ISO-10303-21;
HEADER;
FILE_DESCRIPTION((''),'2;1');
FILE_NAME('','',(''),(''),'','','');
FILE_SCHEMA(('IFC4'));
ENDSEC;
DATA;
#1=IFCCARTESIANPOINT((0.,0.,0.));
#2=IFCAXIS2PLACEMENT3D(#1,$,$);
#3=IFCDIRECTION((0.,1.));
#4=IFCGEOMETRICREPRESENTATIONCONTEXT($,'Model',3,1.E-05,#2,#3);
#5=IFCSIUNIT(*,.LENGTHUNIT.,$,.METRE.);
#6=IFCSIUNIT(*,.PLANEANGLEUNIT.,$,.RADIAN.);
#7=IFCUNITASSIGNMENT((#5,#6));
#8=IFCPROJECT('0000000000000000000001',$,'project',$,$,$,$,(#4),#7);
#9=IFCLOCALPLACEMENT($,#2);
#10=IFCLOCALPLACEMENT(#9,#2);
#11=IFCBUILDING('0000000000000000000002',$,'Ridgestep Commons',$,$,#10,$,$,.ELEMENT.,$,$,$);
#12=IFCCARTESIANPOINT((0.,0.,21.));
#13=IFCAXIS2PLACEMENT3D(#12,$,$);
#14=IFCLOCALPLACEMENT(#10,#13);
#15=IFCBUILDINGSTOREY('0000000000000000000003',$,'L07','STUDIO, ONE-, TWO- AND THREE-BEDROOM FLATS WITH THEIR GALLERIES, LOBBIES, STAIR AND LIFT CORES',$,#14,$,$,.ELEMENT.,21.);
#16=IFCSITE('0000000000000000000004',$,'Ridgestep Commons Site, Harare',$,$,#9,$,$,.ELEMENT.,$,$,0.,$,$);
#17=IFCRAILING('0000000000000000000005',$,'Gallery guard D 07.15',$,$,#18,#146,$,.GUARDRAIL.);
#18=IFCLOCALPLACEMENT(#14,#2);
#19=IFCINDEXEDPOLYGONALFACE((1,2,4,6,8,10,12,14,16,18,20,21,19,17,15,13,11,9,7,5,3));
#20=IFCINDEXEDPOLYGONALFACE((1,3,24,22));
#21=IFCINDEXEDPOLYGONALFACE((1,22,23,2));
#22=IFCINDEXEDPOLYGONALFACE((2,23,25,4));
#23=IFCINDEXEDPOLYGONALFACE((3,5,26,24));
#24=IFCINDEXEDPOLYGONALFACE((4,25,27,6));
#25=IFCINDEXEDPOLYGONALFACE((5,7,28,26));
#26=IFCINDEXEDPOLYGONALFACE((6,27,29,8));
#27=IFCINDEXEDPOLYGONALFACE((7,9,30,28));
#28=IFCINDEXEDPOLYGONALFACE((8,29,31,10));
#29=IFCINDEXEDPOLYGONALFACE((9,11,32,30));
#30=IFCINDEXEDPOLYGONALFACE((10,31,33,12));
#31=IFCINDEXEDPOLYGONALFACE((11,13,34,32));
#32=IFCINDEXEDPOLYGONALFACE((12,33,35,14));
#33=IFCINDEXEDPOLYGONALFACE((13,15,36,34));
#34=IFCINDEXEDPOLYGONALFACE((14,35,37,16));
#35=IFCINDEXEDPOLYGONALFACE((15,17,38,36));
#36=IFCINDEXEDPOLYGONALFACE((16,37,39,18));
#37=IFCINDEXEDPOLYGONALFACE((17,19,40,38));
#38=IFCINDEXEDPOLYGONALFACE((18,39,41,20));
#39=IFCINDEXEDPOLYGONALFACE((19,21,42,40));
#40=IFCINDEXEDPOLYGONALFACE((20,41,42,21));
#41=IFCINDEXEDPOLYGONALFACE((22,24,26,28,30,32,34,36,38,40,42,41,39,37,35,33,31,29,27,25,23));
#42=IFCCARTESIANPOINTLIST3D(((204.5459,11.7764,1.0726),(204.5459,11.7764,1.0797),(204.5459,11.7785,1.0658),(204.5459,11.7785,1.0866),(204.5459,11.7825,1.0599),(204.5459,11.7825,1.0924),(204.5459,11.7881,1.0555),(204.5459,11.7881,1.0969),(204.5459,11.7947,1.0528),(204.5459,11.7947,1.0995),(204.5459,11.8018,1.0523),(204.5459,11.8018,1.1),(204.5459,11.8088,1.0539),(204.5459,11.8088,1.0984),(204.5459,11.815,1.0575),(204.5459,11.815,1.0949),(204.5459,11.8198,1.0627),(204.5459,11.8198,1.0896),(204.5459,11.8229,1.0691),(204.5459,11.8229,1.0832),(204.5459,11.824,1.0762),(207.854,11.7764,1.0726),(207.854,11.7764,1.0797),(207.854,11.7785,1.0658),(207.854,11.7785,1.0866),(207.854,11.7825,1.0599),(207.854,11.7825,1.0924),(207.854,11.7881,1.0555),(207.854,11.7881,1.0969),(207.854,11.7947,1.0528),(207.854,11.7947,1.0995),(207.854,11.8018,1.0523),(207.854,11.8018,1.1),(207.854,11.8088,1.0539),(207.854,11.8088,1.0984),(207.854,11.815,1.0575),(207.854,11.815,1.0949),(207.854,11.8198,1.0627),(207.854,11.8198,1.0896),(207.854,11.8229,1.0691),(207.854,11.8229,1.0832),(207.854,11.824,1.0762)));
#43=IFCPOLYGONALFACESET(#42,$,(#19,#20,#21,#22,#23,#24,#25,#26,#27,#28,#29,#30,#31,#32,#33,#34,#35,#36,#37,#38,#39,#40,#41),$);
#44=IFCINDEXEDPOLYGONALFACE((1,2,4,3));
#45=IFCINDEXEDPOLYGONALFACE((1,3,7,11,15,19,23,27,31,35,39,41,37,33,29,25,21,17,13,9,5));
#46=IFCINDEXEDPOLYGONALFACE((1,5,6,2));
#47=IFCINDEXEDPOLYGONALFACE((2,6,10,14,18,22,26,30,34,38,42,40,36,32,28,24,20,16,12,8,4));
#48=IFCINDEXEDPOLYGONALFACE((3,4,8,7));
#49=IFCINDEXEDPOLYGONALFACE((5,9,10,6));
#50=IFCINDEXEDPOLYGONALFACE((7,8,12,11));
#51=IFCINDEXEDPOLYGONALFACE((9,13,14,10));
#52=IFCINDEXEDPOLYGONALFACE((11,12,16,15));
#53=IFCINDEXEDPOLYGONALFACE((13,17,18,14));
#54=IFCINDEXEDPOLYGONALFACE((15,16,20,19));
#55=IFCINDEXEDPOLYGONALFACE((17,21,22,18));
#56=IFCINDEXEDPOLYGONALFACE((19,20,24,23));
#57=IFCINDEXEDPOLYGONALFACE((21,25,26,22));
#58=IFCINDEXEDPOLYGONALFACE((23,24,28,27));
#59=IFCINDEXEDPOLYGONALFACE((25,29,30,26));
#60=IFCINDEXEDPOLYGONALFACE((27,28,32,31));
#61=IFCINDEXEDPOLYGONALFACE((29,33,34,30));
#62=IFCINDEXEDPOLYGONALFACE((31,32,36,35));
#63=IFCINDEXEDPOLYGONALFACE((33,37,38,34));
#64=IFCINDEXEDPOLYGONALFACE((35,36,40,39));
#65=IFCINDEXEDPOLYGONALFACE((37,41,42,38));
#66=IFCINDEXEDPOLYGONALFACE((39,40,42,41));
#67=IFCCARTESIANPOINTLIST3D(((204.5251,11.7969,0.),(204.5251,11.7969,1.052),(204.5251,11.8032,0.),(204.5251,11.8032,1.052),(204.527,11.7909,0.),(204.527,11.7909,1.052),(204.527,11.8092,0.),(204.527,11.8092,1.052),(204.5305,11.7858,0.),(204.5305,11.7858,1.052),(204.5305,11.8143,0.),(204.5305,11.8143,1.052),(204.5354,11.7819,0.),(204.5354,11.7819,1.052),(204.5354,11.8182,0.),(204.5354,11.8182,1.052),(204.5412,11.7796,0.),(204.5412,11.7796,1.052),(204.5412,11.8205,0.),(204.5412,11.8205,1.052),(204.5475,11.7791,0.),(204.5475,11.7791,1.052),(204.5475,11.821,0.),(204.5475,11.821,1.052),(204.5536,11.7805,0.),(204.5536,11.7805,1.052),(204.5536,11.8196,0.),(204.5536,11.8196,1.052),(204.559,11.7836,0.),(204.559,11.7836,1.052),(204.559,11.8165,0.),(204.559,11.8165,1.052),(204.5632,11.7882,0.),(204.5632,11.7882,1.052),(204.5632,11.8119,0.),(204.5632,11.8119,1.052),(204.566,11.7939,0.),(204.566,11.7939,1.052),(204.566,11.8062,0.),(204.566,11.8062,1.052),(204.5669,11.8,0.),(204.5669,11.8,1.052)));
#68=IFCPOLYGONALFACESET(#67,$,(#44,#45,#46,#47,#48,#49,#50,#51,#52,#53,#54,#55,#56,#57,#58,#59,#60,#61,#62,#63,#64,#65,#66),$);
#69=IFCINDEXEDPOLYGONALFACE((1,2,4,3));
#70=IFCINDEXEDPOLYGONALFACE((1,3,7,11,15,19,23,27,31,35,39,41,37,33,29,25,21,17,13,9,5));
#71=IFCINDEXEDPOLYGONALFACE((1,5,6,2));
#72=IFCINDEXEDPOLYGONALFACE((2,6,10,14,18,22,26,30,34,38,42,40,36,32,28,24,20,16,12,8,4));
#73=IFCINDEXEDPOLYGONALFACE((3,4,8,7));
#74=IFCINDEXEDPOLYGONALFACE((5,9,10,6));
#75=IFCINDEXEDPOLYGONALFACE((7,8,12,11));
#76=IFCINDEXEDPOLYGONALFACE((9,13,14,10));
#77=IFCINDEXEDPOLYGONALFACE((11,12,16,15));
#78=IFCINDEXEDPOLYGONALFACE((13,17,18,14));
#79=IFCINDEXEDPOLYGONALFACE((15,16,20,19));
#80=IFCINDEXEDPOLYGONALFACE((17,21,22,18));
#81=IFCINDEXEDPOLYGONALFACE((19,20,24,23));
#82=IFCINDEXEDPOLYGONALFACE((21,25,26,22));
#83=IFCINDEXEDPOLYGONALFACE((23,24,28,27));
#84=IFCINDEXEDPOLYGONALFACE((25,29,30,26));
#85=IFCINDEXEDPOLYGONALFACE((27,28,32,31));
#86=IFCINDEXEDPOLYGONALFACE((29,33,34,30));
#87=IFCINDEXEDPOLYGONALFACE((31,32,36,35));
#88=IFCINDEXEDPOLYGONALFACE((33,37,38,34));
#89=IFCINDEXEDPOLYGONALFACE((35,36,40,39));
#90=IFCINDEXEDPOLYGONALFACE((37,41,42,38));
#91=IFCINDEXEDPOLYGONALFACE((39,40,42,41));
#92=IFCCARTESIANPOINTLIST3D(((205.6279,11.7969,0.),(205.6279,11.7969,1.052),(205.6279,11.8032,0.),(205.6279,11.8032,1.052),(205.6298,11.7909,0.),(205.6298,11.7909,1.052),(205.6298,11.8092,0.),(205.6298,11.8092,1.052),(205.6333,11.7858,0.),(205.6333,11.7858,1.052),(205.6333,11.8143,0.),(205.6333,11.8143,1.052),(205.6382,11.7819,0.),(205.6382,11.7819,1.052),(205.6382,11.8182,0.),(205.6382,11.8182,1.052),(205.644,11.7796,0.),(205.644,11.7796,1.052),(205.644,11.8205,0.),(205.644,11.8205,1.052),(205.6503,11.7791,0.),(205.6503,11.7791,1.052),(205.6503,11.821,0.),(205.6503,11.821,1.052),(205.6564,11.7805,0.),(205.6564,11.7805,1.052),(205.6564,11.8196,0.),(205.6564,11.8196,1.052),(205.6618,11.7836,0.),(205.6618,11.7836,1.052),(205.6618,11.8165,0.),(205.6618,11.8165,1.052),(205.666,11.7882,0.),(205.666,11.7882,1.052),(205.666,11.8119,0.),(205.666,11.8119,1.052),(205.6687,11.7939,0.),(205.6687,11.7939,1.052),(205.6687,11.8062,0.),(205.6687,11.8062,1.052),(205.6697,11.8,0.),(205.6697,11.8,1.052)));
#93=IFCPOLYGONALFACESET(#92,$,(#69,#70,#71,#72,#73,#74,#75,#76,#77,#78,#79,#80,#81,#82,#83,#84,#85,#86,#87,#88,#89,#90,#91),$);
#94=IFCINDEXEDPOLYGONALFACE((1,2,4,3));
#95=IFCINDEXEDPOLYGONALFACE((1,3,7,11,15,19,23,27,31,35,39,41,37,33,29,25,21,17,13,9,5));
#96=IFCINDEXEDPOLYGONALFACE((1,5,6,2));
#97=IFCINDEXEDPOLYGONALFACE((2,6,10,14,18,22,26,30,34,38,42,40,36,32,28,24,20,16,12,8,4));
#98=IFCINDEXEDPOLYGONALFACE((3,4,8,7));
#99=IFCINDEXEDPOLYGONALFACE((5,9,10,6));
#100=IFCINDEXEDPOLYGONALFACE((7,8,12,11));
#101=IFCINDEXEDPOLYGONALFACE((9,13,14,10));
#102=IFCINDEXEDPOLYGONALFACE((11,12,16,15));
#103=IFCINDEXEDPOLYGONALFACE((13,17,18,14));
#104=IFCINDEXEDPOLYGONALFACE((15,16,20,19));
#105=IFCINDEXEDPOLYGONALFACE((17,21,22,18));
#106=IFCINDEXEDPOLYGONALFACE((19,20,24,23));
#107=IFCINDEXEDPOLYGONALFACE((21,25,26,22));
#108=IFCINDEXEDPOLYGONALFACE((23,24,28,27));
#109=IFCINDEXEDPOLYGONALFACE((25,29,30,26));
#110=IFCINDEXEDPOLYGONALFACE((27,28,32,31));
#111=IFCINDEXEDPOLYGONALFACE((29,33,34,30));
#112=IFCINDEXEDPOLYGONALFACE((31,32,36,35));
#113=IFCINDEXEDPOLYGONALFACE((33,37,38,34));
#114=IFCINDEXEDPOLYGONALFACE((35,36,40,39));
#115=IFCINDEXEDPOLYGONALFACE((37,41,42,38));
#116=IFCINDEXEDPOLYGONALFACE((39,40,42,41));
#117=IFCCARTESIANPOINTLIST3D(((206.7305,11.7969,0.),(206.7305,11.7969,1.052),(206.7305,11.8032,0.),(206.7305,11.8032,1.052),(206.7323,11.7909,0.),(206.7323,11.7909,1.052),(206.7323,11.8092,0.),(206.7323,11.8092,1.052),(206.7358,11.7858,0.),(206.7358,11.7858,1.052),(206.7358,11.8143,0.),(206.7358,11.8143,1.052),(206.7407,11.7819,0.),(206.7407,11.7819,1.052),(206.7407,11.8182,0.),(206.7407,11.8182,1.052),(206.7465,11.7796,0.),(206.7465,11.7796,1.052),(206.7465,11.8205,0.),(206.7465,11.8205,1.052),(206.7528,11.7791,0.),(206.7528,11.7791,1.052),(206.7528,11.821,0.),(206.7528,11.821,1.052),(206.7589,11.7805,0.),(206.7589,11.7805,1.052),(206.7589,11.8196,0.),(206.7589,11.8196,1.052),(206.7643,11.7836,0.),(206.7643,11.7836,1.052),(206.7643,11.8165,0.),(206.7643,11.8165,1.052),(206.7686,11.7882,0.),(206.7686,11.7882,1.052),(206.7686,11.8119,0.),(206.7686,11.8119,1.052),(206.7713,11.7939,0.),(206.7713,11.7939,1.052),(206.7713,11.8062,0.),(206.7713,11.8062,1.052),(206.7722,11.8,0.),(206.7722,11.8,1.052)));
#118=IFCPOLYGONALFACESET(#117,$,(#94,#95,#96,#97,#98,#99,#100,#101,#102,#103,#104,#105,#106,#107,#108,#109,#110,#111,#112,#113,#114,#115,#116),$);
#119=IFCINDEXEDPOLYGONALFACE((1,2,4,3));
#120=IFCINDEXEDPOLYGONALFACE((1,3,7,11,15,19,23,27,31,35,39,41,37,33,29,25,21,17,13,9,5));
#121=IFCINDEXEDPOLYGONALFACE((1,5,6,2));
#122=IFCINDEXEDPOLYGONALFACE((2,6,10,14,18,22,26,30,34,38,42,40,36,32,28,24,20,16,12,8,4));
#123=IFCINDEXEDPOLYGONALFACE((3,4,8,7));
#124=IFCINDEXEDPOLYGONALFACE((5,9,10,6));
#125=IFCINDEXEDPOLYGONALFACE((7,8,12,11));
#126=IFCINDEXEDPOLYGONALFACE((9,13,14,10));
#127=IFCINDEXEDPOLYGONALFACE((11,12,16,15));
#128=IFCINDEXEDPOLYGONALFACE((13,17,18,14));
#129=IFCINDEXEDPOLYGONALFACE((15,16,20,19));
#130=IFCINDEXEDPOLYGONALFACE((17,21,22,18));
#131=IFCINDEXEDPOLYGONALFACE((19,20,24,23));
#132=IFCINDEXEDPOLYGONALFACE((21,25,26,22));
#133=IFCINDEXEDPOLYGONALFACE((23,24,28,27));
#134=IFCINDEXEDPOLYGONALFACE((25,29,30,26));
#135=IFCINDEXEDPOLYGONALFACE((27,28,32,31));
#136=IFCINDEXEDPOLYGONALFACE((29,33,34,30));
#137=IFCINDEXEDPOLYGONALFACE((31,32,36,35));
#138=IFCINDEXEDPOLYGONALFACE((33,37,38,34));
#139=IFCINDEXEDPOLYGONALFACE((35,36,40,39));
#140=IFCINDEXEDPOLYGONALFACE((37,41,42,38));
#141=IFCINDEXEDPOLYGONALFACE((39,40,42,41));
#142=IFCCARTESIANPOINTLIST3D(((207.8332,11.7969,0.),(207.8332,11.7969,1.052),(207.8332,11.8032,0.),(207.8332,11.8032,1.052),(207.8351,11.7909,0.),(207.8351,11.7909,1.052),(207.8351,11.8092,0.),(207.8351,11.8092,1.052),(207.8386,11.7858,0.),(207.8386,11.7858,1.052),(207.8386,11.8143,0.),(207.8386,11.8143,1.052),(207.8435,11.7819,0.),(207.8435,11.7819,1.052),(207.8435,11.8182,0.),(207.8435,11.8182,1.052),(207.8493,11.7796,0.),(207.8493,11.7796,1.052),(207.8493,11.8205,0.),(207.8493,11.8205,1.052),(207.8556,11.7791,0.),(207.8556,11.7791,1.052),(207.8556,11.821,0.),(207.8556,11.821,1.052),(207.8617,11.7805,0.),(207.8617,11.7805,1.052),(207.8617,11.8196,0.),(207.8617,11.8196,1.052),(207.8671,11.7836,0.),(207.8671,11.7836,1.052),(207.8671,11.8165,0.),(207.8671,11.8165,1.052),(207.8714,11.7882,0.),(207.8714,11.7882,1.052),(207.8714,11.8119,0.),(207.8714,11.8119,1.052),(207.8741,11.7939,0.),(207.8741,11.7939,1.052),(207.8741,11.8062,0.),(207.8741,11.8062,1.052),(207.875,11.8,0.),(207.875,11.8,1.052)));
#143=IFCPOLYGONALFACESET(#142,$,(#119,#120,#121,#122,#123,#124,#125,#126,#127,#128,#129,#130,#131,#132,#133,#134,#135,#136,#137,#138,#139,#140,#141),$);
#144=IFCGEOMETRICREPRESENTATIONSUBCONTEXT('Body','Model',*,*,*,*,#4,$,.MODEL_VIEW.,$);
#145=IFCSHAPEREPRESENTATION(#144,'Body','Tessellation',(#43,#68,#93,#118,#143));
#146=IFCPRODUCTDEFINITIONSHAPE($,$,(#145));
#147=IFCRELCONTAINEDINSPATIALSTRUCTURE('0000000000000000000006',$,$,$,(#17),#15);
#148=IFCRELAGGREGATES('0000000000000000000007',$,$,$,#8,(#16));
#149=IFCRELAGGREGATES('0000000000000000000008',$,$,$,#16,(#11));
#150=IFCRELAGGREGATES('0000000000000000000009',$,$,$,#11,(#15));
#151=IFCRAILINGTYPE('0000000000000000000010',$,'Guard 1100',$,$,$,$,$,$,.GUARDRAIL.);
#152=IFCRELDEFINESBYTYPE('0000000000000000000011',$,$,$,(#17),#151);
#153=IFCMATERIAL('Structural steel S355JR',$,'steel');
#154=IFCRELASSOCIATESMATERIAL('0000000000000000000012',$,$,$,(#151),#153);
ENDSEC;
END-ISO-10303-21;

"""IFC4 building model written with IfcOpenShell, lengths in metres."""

from ifc_helpers import new_model, si_unit, direction, frame, origin, origin_2d, place, context, subcontext, project, spatial, circle, extrude, material, type_object, element, save


model = new_model("IFC4")

# Units and contexts
model_context = context("Model", 3, precision=1e-05, world=origin(), true_north=direction((0.0, 1.0)))
body_context = subcontext(model_context, "Body", "Model", "MODEL_VIEW")
ifc_project = project(units=[si_unit("LENGTHUNIT", "METRE"), si_unit("PLANEANGLEUNIT", "RADIAN")], contexts=[model_context])

# Site, building, storey
site_placement = place(None, origin())
site = spatial("IfcSite", under=ifc_project, at=site_placement, Name="Ridgestep Commons Site, Harare", CompositionType="ELEMENT", RefElevation=0.0)
building_placement = place(site_placement, origin())
building = spatial("IfcBuilding", under=site, at=building_placement, Name="Ridgestep Commons", CompositionType="ELEMENT")
storey_placement = place(building_placement, frame((0.0, 0.0, 21.0)))
storey = spatial("IfcBuildingStorey", under=building, at=storey_placement, Name="L07", Description="STUDIO, ONE-, TWO- AND THREE-BEDROOM FLATS WITH THEIR GALLERIES, LOBBIES, STAIR AND LIFT CORES", CompositionType="ELEMENT", Elevation=21.0)

# Railing
ifc_material_1 = material(Name="Structural steel S355JR", Category="steel")
railing_type = type_object("IfcRailingType", Name="Guard 1100", PredefinedType="GUARDRAIL", material=ifc_material_1)
railing_1_placement = place(storey_placement, frame((204.5459, 11.8, 0.0)))
element("IfcRailing", 1, at=railing_1_placement, inside=storey, type_object=railing_type, Name="Gallery guard D 07.15", PredefinedType="GUARDRAIL", context=body_context, shape_type="SweptSolid", body=[
    extrude(circle(Radius=0.0239, at=origin_2d()), frame((0.0, 0.0, 1.0762), z_axis=(1.0, 0.0, 0.0), x_axis=(0.0, 1.0, 0.0)), (0.0, 0.0, 1.0), 3.3081),
    extrude(circle(Radius=0.021, at=origin_2d()), origin(), (0.0, 0.0, 1.0), 1.052),
    extrude(circle(Radius=0.021, at=origin_2d()), frame((1.1028, 0.0, 0.0)), (0.0, 0.0, 1.0), 1.052),
    extrude(circle(Radius=0.021, at=origin_2d()), frame((2.2053, 0.0, 0.0)), (0.0, 0.0, 1.0), 1.052),
    extrude(circle(Radius=0.021, at=origin_2d()), frame((3.3081, 0.0, 0.0)), (0.0, 0.0, 1.0), 1.052),
])

save(model, "model.ifc")
